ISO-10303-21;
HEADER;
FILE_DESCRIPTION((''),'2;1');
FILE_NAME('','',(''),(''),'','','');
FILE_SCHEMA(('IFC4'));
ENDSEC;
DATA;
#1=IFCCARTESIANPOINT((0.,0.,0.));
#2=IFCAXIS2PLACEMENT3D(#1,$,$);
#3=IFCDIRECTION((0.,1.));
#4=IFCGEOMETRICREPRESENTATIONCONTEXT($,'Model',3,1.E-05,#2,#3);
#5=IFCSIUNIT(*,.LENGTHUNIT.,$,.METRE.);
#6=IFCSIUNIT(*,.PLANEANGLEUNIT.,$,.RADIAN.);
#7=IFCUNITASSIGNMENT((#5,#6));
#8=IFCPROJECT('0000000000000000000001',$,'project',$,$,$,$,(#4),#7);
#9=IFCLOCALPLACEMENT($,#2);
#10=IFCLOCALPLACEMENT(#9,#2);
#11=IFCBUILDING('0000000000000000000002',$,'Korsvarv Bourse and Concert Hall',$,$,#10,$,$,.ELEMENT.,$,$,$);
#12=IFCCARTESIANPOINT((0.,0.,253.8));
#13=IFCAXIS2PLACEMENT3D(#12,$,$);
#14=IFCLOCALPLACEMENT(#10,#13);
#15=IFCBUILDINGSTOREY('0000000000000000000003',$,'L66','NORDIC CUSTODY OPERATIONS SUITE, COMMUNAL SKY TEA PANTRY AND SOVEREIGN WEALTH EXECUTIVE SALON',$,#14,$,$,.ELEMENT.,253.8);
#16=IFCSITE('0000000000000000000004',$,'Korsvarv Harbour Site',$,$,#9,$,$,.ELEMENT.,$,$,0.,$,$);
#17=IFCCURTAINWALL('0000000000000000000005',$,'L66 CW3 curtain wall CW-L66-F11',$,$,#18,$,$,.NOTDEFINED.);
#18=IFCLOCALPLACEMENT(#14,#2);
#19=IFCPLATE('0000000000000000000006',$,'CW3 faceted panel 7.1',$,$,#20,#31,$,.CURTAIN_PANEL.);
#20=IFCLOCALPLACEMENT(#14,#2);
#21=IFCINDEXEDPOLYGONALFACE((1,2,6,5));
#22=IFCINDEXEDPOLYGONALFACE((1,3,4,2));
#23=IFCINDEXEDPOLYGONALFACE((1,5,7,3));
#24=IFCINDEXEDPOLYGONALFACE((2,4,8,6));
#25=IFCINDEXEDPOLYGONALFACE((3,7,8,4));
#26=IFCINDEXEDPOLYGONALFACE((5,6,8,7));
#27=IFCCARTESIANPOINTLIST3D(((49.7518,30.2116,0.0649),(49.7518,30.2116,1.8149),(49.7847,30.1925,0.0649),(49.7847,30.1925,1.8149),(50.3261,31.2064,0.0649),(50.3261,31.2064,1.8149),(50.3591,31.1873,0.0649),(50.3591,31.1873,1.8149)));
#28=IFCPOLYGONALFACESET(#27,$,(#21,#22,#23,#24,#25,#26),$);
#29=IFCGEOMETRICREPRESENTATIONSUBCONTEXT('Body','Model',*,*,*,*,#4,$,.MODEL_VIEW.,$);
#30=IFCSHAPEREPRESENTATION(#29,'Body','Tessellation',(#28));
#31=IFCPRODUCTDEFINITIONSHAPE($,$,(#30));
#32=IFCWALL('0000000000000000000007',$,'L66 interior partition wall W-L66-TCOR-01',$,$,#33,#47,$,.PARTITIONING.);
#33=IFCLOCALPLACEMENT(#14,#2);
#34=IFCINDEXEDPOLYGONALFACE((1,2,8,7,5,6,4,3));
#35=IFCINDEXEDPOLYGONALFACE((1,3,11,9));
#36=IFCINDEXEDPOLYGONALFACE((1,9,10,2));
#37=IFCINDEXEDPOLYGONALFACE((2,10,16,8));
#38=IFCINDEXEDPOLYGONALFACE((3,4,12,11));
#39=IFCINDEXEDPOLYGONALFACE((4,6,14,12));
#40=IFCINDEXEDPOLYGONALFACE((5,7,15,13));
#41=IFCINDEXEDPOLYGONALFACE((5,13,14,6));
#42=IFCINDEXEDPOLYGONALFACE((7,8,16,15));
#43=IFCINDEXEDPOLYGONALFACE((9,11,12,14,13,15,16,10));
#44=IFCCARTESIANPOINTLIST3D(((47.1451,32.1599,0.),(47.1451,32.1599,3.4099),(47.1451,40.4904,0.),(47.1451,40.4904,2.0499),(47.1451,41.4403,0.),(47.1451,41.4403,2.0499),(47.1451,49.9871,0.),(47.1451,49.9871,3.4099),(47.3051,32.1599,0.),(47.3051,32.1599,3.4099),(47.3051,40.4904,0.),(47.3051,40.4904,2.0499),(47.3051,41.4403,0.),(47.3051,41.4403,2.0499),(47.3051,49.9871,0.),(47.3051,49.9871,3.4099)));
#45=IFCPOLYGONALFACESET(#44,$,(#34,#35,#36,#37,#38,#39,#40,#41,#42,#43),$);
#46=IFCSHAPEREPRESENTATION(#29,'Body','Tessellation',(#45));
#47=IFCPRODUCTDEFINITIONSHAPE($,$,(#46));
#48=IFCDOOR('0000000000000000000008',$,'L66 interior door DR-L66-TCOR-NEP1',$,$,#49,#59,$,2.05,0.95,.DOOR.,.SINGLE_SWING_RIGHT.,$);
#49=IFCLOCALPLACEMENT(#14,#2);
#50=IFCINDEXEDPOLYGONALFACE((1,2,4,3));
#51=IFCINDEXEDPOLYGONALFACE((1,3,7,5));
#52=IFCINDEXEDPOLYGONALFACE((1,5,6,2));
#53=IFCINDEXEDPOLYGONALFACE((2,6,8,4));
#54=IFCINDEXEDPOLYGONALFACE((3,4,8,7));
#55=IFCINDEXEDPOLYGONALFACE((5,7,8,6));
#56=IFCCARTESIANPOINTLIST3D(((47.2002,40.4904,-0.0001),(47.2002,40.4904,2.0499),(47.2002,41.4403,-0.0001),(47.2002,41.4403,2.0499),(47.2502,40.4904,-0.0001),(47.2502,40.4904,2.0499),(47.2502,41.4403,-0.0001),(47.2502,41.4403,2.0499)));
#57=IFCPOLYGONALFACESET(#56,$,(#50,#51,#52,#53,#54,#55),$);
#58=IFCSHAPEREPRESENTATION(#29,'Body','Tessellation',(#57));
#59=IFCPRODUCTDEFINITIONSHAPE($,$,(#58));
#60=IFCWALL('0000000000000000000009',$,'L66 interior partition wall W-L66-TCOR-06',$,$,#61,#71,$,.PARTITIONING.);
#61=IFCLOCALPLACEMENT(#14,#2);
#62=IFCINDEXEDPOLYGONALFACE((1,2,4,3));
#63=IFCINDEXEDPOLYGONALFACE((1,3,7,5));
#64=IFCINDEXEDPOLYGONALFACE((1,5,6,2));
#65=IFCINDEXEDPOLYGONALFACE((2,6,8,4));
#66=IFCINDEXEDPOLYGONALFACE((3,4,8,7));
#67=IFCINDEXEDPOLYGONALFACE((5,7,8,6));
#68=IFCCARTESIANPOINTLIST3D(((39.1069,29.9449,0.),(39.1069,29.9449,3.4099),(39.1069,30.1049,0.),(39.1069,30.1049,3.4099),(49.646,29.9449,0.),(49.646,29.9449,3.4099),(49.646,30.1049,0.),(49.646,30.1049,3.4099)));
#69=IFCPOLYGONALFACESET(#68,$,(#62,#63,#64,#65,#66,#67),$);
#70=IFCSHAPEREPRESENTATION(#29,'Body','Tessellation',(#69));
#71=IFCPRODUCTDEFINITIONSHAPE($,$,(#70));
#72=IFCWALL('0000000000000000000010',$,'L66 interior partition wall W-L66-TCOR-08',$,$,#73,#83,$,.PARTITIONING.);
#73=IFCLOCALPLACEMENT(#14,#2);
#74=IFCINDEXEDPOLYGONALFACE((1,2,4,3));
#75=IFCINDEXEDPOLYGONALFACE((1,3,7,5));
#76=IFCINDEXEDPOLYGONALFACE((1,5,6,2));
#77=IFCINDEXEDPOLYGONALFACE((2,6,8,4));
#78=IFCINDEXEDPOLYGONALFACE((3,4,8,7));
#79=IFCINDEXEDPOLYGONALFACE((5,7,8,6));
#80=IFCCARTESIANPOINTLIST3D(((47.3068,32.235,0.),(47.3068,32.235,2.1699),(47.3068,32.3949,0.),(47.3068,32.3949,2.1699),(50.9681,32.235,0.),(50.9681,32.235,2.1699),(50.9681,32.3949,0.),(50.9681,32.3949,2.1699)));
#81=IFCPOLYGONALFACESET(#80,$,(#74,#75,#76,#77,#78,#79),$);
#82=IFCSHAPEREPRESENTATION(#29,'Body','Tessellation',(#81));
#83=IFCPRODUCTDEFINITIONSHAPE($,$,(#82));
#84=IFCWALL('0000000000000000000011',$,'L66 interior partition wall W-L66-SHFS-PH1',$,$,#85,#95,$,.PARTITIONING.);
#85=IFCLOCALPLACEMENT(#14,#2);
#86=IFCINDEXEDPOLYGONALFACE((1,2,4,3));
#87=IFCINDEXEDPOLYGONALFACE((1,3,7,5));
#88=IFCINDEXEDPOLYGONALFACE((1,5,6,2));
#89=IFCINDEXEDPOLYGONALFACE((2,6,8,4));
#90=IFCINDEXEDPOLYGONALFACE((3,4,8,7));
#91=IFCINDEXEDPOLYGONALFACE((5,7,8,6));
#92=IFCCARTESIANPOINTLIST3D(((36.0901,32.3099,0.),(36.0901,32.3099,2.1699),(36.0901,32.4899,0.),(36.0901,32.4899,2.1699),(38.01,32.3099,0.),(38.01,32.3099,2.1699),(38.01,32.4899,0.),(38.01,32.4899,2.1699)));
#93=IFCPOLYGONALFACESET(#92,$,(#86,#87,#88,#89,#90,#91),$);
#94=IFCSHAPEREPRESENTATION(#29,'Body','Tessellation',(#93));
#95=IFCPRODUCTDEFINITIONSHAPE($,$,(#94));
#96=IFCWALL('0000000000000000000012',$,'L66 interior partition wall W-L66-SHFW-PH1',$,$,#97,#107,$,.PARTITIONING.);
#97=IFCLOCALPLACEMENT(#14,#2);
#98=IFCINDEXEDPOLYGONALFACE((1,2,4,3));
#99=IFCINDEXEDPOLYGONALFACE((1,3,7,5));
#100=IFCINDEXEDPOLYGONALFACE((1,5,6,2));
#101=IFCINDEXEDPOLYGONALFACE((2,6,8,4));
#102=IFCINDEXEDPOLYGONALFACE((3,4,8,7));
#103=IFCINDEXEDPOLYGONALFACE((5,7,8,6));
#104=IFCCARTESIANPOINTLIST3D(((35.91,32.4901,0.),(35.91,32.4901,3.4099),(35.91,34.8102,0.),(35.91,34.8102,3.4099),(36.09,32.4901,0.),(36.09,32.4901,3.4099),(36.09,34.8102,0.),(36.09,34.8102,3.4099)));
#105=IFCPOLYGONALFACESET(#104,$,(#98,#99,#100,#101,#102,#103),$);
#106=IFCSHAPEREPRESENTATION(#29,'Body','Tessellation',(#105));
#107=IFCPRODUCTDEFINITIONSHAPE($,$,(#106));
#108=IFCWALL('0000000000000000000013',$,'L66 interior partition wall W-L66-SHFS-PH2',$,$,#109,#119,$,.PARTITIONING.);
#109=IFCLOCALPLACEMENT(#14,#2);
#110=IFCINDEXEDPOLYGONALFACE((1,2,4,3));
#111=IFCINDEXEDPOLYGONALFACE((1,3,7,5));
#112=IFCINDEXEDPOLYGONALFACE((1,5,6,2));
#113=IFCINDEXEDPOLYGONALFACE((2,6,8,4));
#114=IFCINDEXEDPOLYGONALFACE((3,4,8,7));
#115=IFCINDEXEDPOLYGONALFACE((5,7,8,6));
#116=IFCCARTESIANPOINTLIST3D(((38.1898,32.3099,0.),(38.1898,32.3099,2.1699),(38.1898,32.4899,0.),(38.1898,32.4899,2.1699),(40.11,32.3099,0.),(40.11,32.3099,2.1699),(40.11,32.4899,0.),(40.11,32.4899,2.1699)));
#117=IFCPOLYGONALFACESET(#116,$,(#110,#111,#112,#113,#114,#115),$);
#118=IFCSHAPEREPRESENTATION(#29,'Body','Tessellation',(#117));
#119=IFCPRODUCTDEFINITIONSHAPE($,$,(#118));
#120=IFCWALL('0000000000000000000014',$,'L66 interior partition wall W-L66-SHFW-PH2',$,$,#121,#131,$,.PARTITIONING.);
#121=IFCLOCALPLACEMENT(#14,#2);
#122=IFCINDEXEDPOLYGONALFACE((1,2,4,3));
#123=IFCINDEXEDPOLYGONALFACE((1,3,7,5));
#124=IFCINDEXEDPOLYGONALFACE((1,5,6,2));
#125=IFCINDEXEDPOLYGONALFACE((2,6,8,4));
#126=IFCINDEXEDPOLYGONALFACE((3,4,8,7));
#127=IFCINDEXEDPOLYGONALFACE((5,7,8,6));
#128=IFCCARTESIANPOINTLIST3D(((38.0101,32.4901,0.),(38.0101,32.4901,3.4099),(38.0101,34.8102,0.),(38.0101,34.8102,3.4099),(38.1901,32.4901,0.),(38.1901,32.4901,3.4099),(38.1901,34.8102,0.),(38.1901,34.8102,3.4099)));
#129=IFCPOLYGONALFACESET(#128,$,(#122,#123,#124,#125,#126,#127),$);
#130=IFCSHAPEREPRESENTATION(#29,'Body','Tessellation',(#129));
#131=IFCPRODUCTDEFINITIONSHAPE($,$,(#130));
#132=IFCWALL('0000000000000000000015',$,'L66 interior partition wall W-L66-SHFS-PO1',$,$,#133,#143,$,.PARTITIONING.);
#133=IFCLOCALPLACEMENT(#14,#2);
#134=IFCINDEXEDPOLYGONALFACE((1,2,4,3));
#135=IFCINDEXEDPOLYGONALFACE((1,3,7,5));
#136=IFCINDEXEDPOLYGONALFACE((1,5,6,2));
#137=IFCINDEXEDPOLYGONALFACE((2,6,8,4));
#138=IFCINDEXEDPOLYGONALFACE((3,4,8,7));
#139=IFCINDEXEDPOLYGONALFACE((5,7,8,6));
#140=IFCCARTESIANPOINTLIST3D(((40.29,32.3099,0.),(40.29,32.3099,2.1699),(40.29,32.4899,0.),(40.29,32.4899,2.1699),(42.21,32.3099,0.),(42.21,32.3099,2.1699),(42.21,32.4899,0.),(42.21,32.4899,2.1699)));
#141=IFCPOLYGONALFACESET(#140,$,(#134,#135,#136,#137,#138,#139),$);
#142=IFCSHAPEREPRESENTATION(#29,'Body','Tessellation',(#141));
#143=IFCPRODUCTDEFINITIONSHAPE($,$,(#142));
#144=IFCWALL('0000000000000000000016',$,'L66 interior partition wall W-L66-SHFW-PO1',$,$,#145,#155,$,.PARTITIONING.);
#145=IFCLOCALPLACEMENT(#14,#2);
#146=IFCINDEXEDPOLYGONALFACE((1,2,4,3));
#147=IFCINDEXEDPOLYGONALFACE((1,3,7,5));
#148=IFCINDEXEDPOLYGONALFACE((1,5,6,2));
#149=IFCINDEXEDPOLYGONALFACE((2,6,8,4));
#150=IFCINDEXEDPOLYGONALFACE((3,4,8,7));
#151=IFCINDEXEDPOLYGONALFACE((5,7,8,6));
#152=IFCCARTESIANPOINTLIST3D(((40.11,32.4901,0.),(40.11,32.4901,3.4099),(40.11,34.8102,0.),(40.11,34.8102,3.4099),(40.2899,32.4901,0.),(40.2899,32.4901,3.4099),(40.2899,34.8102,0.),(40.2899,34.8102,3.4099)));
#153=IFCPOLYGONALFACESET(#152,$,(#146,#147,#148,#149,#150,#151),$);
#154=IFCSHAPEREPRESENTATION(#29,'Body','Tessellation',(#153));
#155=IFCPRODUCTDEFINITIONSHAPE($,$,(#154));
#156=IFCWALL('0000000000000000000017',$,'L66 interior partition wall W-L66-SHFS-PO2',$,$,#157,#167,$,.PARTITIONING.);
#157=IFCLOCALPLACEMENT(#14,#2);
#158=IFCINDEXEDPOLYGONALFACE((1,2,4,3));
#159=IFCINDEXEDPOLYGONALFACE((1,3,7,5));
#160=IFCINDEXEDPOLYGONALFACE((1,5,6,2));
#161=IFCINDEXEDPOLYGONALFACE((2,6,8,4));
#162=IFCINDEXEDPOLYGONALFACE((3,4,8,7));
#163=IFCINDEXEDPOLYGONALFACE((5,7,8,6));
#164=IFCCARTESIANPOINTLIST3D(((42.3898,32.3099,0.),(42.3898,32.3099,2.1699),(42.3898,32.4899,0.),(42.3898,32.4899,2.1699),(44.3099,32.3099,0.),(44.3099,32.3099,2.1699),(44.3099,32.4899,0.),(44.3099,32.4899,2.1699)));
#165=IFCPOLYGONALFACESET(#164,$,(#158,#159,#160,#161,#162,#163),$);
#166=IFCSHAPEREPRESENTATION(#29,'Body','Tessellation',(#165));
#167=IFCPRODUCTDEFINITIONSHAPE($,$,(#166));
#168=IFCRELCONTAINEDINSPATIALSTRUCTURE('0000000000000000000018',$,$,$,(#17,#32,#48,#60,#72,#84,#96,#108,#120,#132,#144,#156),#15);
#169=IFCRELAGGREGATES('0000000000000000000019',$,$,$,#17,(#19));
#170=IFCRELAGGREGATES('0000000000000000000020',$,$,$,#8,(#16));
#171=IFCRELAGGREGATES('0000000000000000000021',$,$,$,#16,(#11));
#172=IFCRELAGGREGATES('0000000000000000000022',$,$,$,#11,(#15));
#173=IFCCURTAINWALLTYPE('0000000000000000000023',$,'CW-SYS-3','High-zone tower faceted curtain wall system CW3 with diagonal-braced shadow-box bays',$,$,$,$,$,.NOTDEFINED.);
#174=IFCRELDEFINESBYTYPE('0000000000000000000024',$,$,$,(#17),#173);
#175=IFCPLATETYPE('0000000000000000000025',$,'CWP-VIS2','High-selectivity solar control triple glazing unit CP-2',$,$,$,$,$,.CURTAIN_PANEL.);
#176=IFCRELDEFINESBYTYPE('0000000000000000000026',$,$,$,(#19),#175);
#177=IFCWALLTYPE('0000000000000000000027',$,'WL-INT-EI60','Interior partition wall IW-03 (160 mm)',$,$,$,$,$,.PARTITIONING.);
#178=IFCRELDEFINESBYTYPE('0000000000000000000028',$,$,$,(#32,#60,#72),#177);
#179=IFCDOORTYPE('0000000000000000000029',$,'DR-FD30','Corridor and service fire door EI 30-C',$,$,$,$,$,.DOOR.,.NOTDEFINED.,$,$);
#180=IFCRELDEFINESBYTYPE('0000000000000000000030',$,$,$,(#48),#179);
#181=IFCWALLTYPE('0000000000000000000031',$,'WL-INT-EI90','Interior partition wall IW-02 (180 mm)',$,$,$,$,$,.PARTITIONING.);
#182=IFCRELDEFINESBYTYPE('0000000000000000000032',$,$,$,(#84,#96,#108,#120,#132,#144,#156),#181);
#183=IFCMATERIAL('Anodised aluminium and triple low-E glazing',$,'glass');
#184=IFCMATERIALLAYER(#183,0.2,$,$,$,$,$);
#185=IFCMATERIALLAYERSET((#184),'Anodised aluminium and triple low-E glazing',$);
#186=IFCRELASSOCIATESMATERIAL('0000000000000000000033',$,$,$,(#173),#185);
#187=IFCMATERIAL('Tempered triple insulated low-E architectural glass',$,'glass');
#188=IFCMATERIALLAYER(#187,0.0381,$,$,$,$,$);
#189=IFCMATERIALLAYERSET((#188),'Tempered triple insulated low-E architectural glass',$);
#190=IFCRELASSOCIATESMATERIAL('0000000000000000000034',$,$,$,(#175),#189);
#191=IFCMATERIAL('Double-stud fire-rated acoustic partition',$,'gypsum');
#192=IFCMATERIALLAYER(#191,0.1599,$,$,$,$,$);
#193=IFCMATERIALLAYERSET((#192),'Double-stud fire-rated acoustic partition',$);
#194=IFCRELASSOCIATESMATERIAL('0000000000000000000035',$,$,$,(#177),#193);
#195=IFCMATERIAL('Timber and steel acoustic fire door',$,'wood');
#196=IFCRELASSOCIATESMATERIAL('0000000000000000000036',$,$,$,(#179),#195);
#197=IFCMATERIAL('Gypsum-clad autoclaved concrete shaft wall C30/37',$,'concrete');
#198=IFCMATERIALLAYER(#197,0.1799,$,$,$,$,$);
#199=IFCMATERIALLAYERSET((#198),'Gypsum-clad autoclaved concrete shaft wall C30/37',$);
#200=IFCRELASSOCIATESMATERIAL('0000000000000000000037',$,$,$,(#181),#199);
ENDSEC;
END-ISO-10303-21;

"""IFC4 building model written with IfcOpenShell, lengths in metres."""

from ifc_helpers import new_model, si_unit, direction, frame, frame_2d, origin, origin_2d, place, context, subcontext, project, spatial, rectangle, extrude, source, transform, mapped, material, layer, layer_set, type_object, element, fill, aggregate, save


model = new_model("IFC4")

# Units and contexts
model_context = context("Model", 3, precision=1e-05, world=origin(), true_north=direction((0.0, 1.0)))
body_context = subcontext(model_context, "Body", "Model", "MODEL_VIEW")
ifc_project = project(units=[si_unit("LENGTHUNIT", "METRE"), si_unit("PLANEANGLEUNIT", "RADIAN")], contexts=[model_context])

# Site, building, storey
site_placement = place(None, origin())
site = spatial("IfcSite", under=ifc_project, at=site_placement, Name="Korsvarv Harbour Site", CompositionType="ELEMENT", RefElevation=0.0)
building_placement = place(site_placement, origin())
building = spatial("IfcBuilding", under=site, at=building_placement, Name="Korsvarv Bourse and Concert Hall", CompositionType="ELEMENT")
storey_placement = place(building_placement, frame((0.0, 0.0, 253.8)))
storey = spatial("IfcBuildingStorey", under=building, at=storey_placement, Name="L66", Description="NORDIC CUSTODY OPERATIONS SUITE, COMMUNAL SKY TEA PANTRY AND SOVEREIGN WEALTH EXECUTIVE SALON", CompositionType="ELEMENT", Elevation=253.8)

# Curtain wall, plate
ifc_material_1 = material(Name="Anodised aluminium and triple low-E glazing", Category="glass")
ifc_layer_1 = layer(ifc_material_1, 0.2)
ifc_layer_set_1 = layer_set([ifc_layer_1], Name="Anodised aluminium and triple low-E glazing")
curtain_wall_type = type_object("IfcCurtainWallType", Name="CW-SYS-3", Description="High-zone tower faceted curtain wall system CW3 with diagonal-braced shadow-box bays", PredefinedType="NOTDEFINED", material=ifc_layer_set_1)
curtain_wall_placement = place(storey_placement, origin())
curtain_wall = element("IfcCurtainWall", 1, at=curtain_wall_placement, inside=storey, type_object=curtain_wall_type, Name="L66 CW3 curtain wall CW-L66-F11", PredefinedType="NOTDEFINED")
ifc_material_2 = material(Name="Tempered triple insulated low-E architectural glass", Category="glass")
ifc_layer_2 = layer(ifc_material_2, 0.0381)
ifc_layer_set_2 = layer_set([ifc_layer_2], Name="Tempered triple insulated low-E architectural glass")
plate_type_1 = type_object("IfcPlateType", Name="CWP-VIS2", Description="High-selectivity solar control triple glazing unit CP-2", PredefinedType="CURTAIN_PANEL", material=ifc_layer_set_2)
shared_shape_1 = source(origin(), body_context, "Body", "SweptSolid", [
    extrude(rectangle(XDim=1.1487, YDim=0.0381, at=origin_2d()), origin(), (0.0, 0.0, 1.0), 1.75),
])
plate_1_placement = place(storey_placement, frame((50.0554, 30.6995, 0.0649), z_axis=(0.0, 0.0, 1.0), x_axis=(0.500004, 0.866023, 0.0)))
plate_1 = element("IfcPlate", 2, at=plate_1_placement, type_object=plate_type_1, Name="CW3 faceted panel 7.1", PredefinedType="CURTAIN_PANEL", context=body_context, shape_type="MappedRepresentation", body=[
    mapped(shared_shape_1, transform((0.0, 0.0, 0.0), scale=1.0)),
])
aggregate(curtain_wall, [plate_1])

# Wall, opening, door
ifc_material_3 = material(Name="Double-stud fire-rated acoustic partition", Category="gypsum")
ifc_layer_3 = layer(ifc_material_3, 0.1599)
ifc_layer_set_3 = layer_set([ifc_layer_3], Name="Double-stud fire-rated acoustic partition")
wall_type_1 = type_object("IfcWallType", Name="WL-INT-EI60", Description="Interior partition wall IW-03 (160 mm)", PredefinedType="PARTITIONING", material=ifc_layer_set_3)
wall_1_placement = place(storey_placement, frame((47.2251, 32.1599, 0.0), z_axis=(0.0, 0.0, 1.0), x_axis=(0.0, 1.0, 0.0)))
wall_1 = element("IfcWall", 3, at=wall_1_placement, inside=storey, type_object=wall_type_1, Name="L66 interior partition wall W-L66-TCOR-01", PredefinedType="PARTITIONING", context=body_context, shape_type="SweptSolid", body=[
    extrude(rectangle(XDim=17.8271, YDim=0.1599, at=frame_2d((8.9136, 0.0))), origin(), (0.0, 0.0, 1.0), 3.4099),
])
opening_placement = place(wall_1_placement, frame((8.3303, 0.0, 0.0)))
opening = element("IfcOpeningElement", 4, at=opening_placement, cuts=wall_1, PredefinedType="OPENING", context=body_context, shape_type="SweptSolid", body=[
    extrude(rectangle(XDim=0.95, YDim=2.05, at=frame_2d((0.4751, 1.0249))), frame((0.0, 0.0898, 0.0), z_axis=(0.0, -1.0, 0.0), x_axis=(1.0, 0.0, 0.0)), (0.0, 0.0, 1.0), 0.1799),
])
ifc_material_4 = material(Name="Timber and steel acoustic fire door", Category="wood")
door_type = type_object("IfcDoorType", Name="DR-FD30", Description="Corridor and service fire door EI 30-C", OperationType="NOTDEFINED", PredefinedType="DOOR", material=ifc_material_4)
door_placement = place(opening_placement, origin())
door = element("IfcDoor", 5, at=door_placement, inside=storey, type_object=door_type, Name="L66 interior door DR-L66-TCOR-NEP1", OperationType="SINGLE_SWING_RIGHT", OverallHeight=2.05, OverallWidth=0.95, PredefinedType="DOOR", context=body_context, shape_type="SweptSolid", body=[
    extrude(rectangle(XDim=0.95, YDim=2.05, at=frame_2d((0.4751, 1.0249))), frame((0.0, 0.0249, 0.0), z_axis=(0.0, -1.0, 0.0), x_axis=(1.0, 0.0, 0.0)), (0.0, 0.0, 1.0), 0.05),
])
fill(opening, door)

# Walls
wall_2_placement = place(storey_placement, frame((39.1069, 30.0249, 0.0), z_axis=(0.0, 0.0, 1.0), x_axis=(1.0, 0.0, 0.0)))
element("IfcWall", 6, at=wall_2_placement, inside=storey, type_object=wall_type_1, Name="L66 interior partition wall W-L66-TCOR-06", PredefinedType="PARTITIONING", context=body_context, shape_type="SweptSolid", body=[
    extrude(rectangle(XDim=10.5391, YDim=0.1599, at=frame_2d((5.2695, 0.0))), origin(), (0.0, 0.0, 1.0), 3.4099),
])
wall_3_placement = place(storey_placement, frame((47.3069, 32.3149, 0.0), z_axis=(0.0, 0.0, 1.0), x_axis=(1.0, 0.0, 0.0)))
element("IfcWall", 7, at=wall_3_placement, inside=storey, type_object=wall_type_1, Name="L66 interior partition wall W-L66-TCOR-08", PredefinedType="PARTITIONING", context=body_context, shape_type="SweptSolid", body=[
    extrude(rectangle(XDim=3.6614, YDim=0.1599, at=frame_2d((1.8306, 0.0))), origin(), (0.0, 0.0, 1.0), 2.1699),
])
ifc_material_5 = material(Name="Gypsum-clad autoclaved concrete shaft wall C30/37", Category="concrete")
ifc_layer_4 = layer(ifc_material_5, 0.1799)
ifc_layer_set_4 = layer_set([ifc_layer_4], Name="Gypsum-clad autoclaved concrete shaft wall C30/37")
wall_type_2 = type_object("IfcWallType", Name="WL-INT-EI90", Description="Interior partition wall IW-02 (180 mm)", PredefinedType="PARTITIONING", material=ifc_layer_set_4)
wall_4_placement = place(storey_placement, frame((36.0901, 32.3999, 0.0), z_axis=(0.0, 0.0, 1.0), x_axis=(1.0, 0.0, 0.0)))
element("IfcWall", 8, at=wall_4_placement, inside=storey, type_object=wall_type_2, Name="L66 interior partition wall W-L66-SHFS-PH1", PredefinedType="PARTITIONING", context=body_context, shape_type="SweptSolid", body=[
    extrude(rectangle(XDim=1.9199, YDim=0.1799, at=frame_2d((0.96, 0.0))), origin(), (0.0, 0.0, 1.0), 2.1699),
])
wall_5_placement = place(storey_placement, frame((36.0, 32.49, 0.0), z_axis=(0.0, 0.0, 1.0), x_axis=(0.0, 1.0, 0.0)))
element("IfcWall", 9, at=wall_5_placement, inside=storey, type_object=wall_type_2, Name="L66 interior partition wall W-L66-SHFW-PH1", PredefinedType="PARTITIONING", context=body_context, shape_type="SweptSolid", body=[
    extrude(rectangle(XDim=2.3201, YDim=0.1799, at=frame_2d((1.1602, 0.0))), origin(), (0.0, 0.0, 1.0), 3.4099),
])
wall_6_placement = place(storey_placement, frame((38.1899, 32.3999, 0.0), z_axis=(0.0, 0.0, 1.0), x_axis=(1.0, 0.0, 0.0)))
element("IfcWall", 10, at=wall_6_placement, inside=storey, type_object=wall_type_2, Name="L66 interior partition wall W-L66-SHFS-PH2", PredefinedType="PARTITIONING", context=body_context, shape_type="SweptSolid", body=[
    extrude(rectangle(XDim=1.9202, YDim=0.1799, at=frame_2d((0.96, 0.0))), origin(), (0.0, 0.0, 1.0), 2.1699),
])
wall_7_placement = place(storey_placement, frame((38.1001, 32.49, 0.0), z_axis=(0.0, 0.0, 1.0), x_axis=(0.0, 1.0, 0.0)))
element("IfcWall", 11, at=wall_7_placement, inside=storey, type_object=wall_type_2, Name="L66 interior partition wall W-L66-SHFW-PH2", PredefinedType="PARTITIONING", context=body_context, shape_type="SweptSolid", body=[
    extrude(rectangle(XDim=2.3201, YDim=0.1799, at=frame_2d((1.1602, 0.0))), origin(), (0.0, 0.0, 1.0), 3.4099),
])
wall_8_placement = place(storey_placement, frame((40.29, 32.3999, 0.0), z_axis=(0.0, 0.0, 1.0), x_axis=(1.0, 0.0, 0.0)))
element("IfcWall", 12, at=wall_8_placement, inside=storey, type_object=wall_type_2, Name="L66 interior partition wall W-L66-SHFS-PO1", PredefinedType="PARTITIONING", context=body_context, shape_type="SweptSolid", body=[
    extrude(rectangle(XDim=1.9199, YDim=0.1799, at=frame_2d((0.96, 0.0))), origin(), (0.0, 0.0, 1.0), 2.1699),
])
wall_9_placement = place(storey_placement, frame((40.2, 32.49, 0.0), z_axis=(0.0, 0.0, 1.0), x_axis=(0.0, 1.0, 0.0)))
element("IfcWall", 13, at=wall_9_placement, inside=storey, type_object=wall_type_2, Name="L66 interior partition wall W-L66-SHFW-PO1", PredefinedType="PARTITIONING", context=body_context, shape_type="SweptSolid", body=[
    extrude(rectangle(XDim=2.3201, YDim=0.1799, at=frame_2d((1.1602, 0.0))), origin(), (0.0, 0.0, 1.0), 3.4099),
])
wall_10_placement = place(storey_placement, frame((42.3899, 32.3999, 0.0), z_axis=(0.0, 0.0, 1.0), x_axis=(1.0, 0.0, 0.0)))
element("IfcWall", 14, at=wall_10_placement, inside=storey, type_object=wall_type_2, Name="L66 interior partition wall W-L66-SHFS-PO2", PredefinedType="PARTITIONING", context=body_context, shape_type="SweptSolid", body=[
    extrude(rectangle(XDim=1.9202, YDim=0.1799, at=frame_2d((0.96, 0.0))), origin(), (0.0, 0.0, 1.0), 2.1699),
])

save(model, "model.ifc")
